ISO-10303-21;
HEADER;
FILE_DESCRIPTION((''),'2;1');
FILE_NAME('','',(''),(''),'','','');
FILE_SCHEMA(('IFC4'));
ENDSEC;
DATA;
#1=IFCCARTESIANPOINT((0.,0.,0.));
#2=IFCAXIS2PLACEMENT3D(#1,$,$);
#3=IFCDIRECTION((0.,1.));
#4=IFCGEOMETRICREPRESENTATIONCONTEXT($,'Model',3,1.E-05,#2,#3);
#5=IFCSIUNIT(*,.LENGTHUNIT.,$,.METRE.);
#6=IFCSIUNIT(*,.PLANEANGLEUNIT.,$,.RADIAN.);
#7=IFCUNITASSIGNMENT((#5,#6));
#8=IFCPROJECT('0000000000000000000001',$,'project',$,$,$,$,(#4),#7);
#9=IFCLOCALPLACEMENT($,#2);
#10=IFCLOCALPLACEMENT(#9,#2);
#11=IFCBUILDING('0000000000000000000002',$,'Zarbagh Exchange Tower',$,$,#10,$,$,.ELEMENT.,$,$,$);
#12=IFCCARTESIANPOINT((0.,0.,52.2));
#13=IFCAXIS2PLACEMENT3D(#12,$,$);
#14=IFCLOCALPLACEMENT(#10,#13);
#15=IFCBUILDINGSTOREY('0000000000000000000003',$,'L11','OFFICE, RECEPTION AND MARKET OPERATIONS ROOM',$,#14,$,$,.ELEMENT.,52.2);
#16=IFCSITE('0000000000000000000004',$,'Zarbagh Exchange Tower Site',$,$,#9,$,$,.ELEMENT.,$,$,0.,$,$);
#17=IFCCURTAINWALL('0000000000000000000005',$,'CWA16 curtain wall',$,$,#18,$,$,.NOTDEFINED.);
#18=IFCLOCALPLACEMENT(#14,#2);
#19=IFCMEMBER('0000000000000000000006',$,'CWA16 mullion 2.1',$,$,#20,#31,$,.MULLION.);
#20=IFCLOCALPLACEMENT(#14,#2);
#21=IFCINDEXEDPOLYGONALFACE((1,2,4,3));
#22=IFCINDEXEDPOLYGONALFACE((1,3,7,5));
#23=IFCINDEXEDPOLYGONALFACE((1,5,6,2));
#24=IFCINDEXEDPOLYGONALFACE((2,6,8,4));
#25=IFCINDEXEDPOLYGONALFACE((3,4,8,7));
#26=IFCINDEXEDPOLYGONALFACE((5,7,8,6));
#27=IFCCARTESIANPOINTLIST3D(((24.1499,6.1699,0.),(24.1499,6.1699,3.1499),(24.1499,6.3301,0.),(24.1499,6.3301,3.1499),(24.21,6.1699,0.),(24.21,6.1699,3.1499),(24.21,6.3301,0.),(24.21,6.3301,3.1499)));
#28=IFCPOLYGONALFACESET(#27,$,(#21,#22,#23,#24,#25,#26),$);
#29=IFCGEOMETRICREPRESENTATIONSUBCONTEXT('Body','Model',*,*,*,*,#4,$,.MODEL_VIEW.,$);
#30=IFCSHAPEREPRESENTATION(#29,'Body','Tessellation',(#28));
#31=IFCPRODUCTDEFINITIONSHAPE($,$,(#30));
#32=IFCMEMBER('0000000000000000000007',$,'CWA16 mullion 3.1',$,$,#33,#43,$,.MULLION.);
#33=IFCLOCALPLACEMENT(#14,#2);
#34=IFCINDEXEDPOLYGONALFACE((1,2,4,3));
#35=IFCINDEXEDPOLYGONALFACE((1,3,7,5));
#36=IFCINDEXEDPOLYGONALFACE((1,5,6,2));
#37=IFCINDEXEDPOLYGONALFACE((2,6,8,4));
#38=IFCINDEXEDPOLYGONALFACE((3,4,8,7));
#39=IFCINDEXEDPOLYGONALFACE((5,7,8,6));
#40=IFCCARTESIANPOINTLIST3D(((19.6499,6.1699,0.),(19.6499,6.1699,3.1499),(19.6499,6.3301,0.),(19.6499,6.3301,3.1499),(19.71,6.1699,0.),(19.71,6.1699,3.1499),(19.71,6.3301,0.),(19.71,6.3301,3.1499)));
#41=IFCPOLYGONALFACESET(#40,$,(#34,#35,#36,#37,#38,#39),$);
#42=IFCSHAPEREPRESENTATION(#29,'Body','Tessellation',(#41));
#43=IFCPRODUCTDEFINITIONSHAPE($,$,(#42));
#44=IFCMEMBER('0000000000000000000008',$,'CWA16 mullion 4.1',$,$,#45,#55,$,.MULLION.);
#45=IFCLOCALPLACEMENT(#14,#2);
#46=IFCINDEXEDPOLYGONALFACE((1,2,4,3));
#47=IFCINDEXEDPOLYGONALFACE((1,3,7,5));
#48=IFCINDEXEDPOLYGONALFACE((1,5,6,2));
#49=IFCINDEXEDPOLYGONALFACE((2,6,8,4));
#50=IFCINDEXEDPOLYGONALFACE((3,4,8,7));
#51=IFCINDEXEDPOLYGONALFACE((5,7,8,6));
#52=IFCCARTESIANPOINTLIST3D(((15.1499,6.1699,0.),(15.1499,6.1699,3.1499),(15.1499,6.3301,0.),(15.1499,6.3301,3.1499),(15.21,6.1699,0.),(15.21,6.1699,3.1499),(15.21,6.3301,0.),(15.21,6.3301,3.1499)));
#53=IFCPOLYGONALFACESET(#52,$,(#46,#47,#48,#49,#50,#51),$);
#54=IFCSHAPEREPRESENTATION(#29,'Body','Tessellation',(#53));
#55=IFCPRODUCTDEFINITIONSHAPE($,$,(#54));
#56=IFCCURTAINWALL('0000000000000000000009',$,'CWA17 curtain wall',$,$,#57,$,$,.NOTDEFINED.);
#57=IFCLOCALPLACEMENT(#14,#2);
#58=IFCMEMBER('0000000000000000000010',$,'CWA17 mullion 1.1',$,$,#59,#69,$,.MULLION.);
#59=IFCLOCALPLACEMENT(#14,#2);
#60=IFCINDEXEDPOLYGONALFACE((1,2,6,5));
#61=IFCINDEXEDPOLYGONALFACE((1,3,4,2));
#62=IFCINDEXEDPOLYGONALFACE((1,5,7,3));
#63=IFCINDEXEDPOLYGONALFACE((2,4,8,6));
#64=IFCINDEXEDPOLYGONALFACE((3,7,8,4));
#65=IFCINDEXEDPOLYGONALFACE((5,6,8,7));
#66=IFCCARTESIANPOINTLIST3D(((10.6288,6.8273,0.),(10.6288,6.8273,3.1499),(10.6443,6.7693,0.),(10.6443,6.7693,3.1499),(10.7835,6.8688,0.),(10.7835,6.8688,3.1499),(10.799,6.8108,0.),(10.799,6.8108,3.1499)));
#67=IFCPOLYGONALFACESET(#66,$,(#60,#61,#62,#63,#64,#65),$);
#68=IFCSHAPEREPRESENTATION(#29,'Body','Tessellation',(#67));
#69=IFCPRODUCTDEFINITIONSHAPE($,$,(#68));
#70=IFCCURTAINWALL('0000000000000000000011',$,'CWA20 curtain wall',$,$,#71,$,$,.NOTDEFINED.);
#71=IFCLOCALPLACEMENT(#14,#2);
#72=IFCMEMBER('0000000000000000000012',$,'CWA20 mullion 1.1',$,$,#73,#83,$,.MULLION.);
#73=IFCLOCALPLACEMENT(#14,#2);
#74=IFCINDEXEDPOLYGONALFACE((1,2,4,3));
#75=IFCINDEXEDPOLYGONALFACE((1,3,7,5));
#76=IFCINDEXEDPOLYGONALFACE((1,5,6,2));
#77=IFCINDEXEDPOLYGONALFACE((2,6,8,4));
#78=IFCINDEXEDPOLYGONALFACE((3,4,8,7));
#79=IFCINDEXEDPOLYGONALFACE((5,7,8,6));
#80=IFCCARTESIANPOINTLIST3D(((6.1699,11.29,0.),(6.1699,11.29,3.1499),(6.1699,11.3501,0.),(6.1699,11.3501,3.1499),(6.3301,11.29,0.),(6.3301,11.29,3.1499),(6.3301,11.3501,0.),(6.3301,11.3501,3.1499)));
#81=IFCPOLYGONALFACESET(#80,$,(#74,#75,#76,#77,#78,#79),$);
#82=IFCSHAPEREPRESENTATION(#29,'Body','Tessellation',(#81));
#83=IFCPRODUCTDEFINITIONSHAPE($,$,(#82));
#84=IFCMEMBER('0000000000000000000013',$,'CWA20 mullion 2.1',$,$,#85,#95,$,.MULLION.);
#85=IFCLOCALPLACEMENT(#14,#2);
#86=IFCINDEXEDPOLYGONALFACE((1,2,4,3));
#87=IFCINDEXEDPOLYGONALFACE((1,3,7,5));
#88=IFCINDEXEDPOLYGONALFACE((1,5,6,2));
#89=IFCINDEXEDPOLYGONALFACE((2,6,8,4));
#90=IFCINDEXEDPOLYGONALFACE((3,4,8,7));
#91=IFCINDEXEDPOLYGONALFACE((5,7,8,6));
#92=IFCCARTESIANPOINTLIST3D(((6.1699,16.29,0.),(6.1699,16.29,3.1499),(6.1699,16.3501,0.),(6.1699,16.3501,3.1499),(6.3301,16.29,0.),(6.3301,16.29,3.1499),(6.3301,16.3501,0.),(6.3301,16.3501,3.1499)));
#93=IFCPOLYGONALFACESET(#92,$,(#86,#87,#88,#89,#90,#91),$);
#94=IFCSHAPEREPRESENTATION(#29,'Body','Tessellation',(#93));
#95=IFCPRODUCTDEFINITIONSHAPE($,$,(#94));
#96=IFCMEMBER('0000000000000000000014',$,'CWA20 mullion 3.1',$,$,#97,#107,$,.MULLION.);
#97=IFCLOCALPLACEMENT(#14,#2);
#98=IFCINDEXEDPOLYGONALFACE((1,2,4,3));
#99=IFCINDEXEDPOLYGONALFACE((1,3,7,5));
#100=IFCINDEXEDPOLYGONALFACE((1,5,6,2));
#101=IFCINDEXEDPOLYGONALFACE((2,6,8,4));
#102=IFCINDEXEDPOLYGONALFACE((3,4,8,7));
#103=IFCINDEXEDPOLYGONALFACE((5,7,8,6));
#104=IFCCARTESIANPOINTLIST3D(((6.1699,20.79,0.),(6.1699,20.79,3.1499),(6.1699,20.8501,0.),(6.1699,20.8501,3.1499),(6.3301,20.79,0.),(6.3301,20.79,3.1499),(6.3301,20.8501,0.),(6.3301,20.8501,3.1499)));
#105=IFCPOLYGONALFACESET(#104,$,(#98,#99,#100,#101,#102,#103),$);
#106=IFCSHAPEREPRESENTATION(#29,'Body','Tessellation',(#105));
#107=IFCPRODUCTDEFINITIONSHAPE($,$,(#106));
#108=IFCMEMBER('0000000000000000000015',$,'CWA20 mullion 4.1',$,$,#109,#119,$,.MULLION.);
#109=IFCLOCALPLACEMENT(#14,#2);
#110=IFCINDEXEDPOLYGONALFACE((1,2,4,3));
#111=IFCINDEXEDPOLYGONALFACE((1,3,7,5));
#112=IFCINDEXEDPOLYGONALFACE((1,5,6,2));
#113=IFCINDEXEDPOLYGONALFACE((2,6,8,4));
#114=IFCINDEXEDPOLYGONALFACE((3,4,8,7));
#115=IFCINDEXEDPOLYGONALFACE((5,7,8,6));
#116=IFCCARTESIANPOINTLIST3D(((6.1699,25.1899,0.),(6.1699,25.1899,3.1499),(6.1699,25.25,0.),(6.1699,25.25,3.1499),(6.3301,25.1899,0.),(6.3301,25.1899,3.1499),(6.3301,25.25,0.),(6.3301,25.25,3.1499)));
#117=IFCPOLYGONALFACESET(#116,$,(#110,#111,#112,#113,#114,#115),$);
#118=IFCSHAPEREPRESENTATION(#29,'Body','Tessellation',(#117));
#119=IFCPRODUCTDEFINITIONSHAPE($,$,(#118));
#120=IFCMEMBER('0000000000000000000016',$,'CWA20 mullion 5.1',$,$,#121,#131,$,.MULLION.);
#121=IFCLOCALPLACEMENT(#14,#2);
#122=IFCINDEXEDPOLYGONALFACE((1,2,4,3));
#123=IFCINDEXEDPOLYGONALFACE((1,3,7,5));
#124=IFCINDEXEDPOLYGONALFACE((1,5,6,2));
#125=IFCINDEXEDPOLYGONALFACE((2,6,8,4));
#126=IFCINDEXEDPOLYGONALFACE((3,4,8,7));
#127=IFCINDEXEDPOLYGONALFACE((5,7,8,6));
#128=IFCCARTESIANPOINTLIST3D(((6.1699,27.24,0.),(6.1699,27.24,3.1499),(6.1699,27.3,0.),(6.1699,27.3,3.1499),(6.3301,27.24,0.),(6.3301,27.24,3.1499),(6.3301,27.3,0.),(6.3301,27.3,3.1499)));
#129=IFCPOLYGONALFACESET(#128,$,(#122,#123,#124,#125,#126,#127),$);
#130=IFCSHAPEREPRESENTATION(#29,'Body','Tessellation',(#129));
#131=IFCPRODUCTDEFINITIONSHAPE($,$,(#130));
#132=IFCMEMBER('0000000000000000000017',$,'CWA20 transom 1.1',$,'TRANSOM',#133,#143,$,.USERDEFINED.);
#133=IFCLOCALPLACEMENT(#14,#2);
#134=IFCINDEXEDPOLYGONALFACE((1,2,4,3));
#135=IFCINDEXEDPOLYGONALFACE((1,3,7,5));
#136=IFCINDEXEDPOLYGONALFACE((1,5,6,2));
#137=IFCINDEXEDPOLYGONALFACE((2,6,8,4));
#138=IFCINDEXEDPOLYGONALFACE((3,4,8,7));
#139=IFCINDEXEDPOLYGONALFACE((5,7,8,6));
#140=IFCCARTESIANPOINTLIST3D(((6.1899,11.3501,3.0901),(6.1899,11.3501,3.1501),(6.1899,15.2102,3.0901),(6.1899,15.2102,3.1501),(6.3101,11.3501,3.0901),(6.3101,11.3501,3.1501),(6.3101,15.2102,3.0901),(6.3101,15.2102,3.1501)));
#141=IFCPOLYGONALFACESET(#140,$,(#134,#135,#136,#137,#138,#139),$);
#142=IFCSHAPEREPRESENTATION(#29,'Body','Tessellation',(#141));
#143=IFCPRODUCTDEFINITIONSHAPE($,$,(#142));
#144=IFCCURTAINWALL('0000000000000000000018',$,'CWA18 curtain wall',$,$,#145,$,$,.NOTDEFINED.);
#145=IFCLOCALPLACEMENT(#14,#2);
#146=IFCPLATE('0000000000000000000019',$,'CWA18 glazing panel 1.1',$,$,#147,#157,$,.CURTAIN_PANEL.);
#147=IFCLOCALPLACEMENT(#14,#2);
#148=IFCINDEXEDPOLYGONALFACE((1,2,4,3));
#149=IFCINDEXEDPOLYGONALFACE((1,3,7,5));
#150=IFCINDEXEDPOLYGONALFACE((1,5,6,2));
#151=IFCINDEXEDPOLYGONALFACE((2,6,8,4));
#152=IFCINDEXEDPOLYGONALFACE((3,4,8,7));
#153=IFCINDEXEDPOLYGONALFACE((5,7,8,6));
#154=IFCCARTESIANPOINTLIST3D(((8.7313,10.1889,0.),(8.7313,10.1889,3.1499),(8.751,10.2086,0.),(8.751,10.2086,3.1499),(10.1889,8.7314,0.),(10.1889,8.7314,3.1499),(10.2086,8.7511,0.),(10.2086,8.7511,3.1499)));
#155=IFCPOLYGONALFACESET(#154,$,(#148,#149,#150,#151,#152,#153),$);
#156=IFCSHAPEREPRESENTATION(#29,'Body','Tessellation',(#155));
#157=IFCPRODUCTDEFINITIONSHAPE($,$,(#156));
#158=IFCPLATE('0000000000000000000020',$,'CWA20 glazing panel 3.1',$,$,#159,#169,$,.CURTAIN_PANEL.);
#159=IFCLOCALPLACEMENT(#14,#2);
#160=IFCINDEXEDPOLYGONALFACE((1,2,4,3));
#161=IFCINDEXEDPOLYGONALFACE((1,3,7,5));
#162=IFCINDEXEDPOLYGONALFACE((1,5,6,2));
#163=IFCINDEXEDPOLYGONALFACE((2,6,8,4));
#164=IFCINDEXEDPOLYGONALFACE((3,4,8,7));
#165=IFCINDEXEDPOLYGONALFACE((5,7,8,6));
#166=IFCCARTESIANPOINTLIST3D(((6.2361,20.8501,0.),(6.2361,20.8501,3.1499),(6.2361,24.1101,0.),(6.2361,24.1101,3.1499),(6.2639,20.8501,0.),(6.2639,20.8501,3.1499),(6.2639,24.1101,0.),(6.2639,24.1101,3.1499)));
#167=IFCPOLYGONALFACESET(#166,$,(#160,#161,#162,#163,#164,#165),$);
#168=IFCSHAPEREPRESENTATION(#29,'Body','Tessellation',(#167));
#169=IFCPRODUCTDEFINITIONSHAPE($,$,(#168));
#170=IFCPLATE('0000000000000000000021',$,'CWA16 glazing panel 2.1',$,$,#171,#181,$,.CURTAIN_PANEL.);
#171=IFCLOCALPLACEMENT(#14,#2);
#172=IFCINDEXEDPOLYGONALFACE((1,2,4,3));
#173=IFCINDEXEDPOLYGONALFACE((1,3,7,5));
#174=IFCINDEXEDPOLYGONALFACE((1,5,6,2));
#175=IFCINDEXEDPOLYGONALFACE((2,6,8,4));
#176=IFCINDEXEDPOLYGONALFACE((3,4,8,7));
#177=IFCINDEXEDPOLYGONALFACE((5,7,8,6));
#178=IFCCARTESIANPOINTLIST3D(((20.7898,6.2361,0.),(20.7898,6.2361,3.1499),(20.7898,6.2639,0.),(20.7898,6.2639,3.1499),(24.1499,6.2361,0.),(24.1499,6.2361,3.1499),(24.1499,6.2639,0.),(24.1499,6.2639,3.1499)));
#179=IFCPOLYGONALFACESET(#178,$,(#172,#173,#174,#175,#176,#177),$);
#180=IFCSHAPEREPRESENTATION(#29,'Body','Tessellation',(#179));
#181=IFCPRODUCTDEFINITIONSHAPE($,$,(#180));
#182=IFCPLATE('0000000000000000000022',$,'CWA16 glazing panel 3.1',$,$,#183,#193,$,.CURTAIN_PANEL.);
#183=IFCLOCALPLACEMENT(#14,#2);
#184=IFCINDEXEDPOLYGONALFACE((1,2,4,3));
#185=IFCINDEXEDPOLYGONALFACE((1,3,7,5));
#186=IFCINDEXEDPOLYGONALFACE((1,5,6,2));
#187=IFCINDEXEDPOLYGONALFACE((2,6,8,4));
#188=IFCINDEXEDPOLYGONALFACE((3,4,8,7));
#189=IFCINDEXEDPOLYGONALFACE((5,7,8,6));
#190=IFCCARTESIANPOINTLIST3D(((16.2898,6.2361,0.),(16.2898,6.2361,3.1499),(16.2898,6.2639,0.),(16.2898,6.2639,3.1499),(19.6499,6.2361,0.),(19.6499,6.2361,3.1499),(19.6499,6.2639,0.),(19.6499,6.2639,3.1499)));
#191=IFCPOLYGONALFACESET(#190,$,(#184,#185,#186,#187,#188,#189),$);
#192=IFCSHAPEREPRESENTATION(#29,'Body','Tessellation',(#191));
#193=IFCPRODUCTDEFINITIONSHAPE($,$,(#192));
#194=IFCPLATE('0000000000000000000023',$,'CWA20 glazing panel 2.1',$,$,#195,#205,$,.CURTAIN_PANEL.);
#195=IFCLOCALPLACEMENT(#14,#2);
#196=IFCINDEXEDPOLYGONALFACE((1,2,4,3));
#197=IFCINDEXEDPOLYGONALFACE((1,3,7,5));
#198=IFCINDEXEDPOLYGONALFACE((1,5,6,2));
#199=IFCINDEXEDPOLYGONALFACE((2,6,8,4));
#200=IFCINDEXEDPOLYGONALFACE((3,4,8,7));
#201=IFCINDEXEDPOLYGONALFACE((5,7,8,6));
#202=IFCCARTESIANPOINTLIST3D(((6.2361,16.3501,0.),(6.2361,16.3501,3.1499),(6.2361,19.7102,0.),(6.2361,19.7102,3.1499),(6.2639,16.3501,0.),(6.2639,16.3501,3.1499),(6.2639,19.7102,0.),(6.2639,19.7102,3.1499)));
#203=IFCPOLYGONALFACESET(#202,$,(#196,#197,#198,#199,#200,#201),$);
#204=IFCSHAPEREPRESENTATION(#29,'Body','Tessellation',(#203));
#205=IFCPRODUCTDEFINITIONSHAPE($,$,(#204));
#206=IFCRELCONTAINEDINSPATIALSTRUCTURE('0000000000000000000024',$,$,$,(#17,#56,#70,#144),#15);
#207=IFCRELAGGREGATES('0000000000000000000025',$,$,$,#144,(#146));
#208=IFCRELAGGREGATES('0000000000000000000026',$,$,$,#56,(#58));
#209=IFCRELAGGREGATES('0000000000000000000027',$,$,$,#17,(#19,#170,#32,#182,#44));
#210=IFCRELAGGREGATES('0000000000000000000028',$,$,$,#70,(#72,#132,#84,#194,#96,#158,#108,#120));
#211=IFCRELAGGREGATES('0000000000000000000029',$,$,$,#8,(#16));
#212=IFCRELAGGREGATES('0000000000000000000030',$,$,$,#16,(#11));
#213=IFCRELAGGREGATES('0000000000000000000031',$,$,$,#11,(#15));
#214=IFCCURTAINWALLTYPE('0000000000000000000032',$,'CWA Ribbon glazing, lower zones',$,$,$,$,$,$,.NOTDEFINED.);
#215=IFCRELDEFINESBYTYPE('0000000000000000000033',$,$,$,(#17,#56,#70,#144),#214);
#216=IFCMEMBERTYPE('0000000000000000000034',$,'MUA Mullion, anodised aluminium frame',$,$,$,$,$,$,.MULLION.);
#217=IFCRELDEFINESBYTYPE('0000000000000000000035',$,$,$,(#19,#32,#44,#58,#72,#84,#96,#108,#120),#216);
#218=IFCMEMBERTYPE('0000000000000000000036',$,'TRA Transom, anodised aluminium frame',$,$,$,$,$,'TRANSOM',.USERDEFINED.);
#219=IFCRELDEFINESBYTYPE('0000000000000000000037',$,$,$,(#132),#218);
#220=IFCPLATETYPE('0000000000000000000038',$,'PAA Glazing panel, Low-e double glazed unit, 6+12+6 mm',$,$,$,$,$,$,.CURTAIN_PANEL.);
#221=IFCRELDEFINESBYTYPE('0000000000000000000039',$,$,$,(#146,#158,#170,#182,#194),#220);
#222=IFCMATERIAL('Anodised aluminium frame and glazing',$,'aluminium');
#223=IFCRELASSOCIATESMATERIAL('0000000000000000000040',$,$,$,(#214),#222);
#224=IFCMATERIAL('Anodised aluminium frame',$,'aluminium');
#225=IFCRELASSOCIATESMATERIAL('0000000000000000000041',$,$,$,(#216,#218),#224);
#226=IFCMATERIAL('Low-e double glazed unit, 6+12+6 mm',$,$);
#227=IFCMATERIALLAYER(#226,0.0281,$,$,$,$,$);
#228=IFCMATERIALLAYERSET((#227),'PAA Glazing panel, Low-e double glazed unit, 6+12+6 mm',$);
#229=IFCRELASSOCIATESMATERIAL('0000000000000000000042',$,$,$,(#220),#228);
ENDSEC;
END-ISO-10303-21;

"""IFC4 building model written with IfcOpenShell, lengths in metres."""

from ifc_helpers import new_model, si_unit, direction, frame, origin, place, context, subcontext, project, spatial, polyline, outline, extrude, source, transform, mapped, material, layer, layer_set, type_object, element, aggregate, save


model = new_model("IFC4")

# Units and contexts
model_context = context("Model", 3, precision=1e-05, world=origin(), true_north=direction((0.0, 1.0)))
body_context = subcontext(model_context, "Body", "Model", "MODEL_VIEW")
ifc_project = project(units=[si_unit("LENGTHUNIT", "METRE"), si_unit("PLANEANGLEUNIT", "RADIAN")], contexts=[model_context])

# Site, building, storey
site_placement = place(None, origin())
site = spatial("IfcSite", under=ifc_project, at=site_placement, Name="Zarbagh Exchange Tower Site", CompositionType="ELEMENT", RefElevation=0.0)
building_placement = place(site_placement, origin())
building = spatial("IfcBuilding", under=site, at=building_placement, Name="Zarbagh Exchange Tower", CompositionType="ELEMENT")
storey_placement = place(building_placement, frame((0.0, 0.0, 52.2)))
storey = spatial("IfcBuildingStorey", under=building, at=storey_placement, Name="L11", Description="OFFICE, RECEPTION AND MARKET OPERATIONS ROOM", CompositionType="ELEMENT", Elevation=52.2)

# Curtain wall, members
ifc_material_1 = material(Name="Anodised aluminium frame and glazing", Category="aluminium")
curtain_wall_type = type_object("IfcCurtainWallType", Name="CWA Ribbon glazing, lower zones", PredefinedType="NOTDEFINED", material=ifc_material_1)
curtain_wall_1_placement = place(storey_placement, origin())
curtain_wall_1 = element("IfcCurtainWall", 1, at=curtain_wall_1_placement, inside=storey, type_object=curtain_wall_type, Name="CWA16 curtain wall", PredefinedType="NOTDEFINED")
ifc_material_2 = material(Name="Anodised aluminium frame", Category="aluminium")
member_type_1 = type_object("IfcMemberType", Name="MUA Mullion, anodised aluminium frame", PredefinedType="MULLION", material=ifc_material_2)
shared_shape_1 = source(origin(), body_context, "Body", "SweptSolid", [
    extrude(outline(polyline([(0.0, -0.0801), (0.0601, -0.0801), (0.0601, 0.0801), (0.0, 0.0801), (0.0, -0.0801)])), origin(), (0.0, 0.0, 1.0), 3.1499),
])
placement = place(storey_placement, origin())
member_1 = element("IfcMember", 2, at=placement, type_object=member_type_1, Name="CWA16 mullion 2.1", PredefinedType="MULLION", context=body_context, shape_type="MappedRepresentation", body=[
    mapped(shared_shape_1, transform((24.21, 6.25, 0.0), x_axis=(-1.0, 0.0, 0.0), y_axis=(0.0, -1.0, 0.0), z_axis=(0.0, 0.0, 1.0))),
])
member_2 = element("IfcMember", 3, at=placement, type_object=member_type_1, Name="CWA16 mullion 3.1", PredefinedType="MULLION", context=body_context, shape_type="MappedRepresentation", body=[
    mapped(shared_shape_1, transform((19.71, 6.25, 0.0), x_axis=(-1.0, 0.0, 0.0), y_axis=(0.0, -1.0, 0.0), z_axis=(0.0, 0.0, 1.0))),
])
member_3 = element("IfcMember", 4, at=placement, type_object=member_type_1, Name="CWA16 mullion 4.1", PredefinedType="MULLION", context=body_context, shape_type="MappedRepresentation", body=[
    mapped(shared_shape_1, transform((15.21, 6.25, 0.0), x_axis=(-1.0, 0.0, 0.0), y_axis=(0.0, -1.0, 0.0), z_axis=(0.0, 0.0, 1.0))),
])

# Curtain wall, member
curtain_wall_2_placement = place(storey_placement, origin())
curtain_wall_2 = element("IfcCurtainWall", 5, at=curtain_wall_2_placement, inside=storey, type_object=curtain_wall_type, Name="CWA17 curtain wall", PredefinedType="NOTDEFINED")
member_4 = element("IfcMember", 6, at=placement, type_object=member_type_1, Name="CWA17 mullion 1.1", PredefinedType="MULLION", context=body_context, shape_type="MappedRepresentation", body=[
    mapped(shared_shape_1, transform((10.7217, 6.79, 0.0), x_axis=(-0.258825, 0.965924, 0.0), y_axis=(-0.965924, -0.258825, 0.0), z_axis=(0.0, 0.0, 1.0))),
])

# Curtain wall, members
curtain_wall_3_placement = place(storey_placement, origin())
curtain_wall_3 = element("IfcCurtainWall", 7, at=curtain_wall_3_placement, inside=storey, type_object=curtain_wall_type, Name="CWA20 curtain wall", PredefinedType="NOTDEFINED")
member_5 = element("IfcMember", 8, at=placement, type_object=member_type_1, Name="CWA20 mullion 1.1", PredefinedType="MULLION", context=body_context, shape_type="MappedRepresentation", body=[
    mapped(shared_shape_1, transform((6.25, 11.29, 0.0), x_axis=(0.0, 1.0, 0.0), y_axis=(-1.0, 0.0, 0.0), z_axis=(0.0, 0.0, 1.0))),
])
member_6 = element("IfcMember", 9, at=placement, type_object=member_type_1, Name="CWA20 mullion 2.1", PredefinedType="MULLION", context=body_context, shape_type="MappedRepresentation", body=[
    mapped(shared_shape_1, transform((6.25, 16.29, 0.0), x_axis=(0.0, 1.0, 0.0), y_axis=(-1.0, 0.0, 0.0), z_axis=(0.0, 0.0, 1.0))),
])
member_7 = element("IfcMember", 10, at=placement, type_object=member_type_1, Name="CWA20 mullion 3.1", PredefinedType="MULLION", context=body_context, shape_type="MappedRepresentation", body=[
    mapped(shared_shape_1, transform((6.25, 20.79, 0.0), x_axis=(0.0, 1.0, 0.0), y_axis=(-1.0, 0.0, 0.0), z_axis=(0.0, 0.0, 1.0))),
])
member_8 = element("IfcMember", 11, at=placement, type_object=member_type_1, Name="CWA20 mullion 4.1", PredefinedType="MULLION", context=body_context, shape_type="MappedRepresentation", body=[
    mapped(shared_shape_1, transform((6.25, 25.1899, 0.0), x_axis=(0.0, 1.0, 0.0), y_axis=(-1.0, 0.0, 0.0), z_axis=(0.0, 0.0, 1.0))),
])
member_9 = element("IfcMember", 12, at=placement, type_object=member_type_1, Name="CWA20 mullion 5.1", PredefinedType="MULLION", context=body_context, shape_type="MappedRepresentation", body=[
    mapped(shared_shape_1, transform((6.25, 27.24, 0.0), x_axis=(0.0, 1.0, 0.0), y_axis=(-1.0, 0.0, 0.0), z_axis=(0.0, 0.0, 1.0))),
])
member_type_2 = type_object("IfcMemberType", Name="TRA Transom, anodised aluminium frame", ElementType="TRANSOM", PredefinedType="USERDEFINED", material=ifc_material_2)
shared_shape_2 = source(origin(), body_context, "Body", "SweptSolid", [
    extrude(outline(polyline([(-0.0601, -0.0601), (0.0, -0.0601), (0.0, 0.0601), (-0.0601, 0.0601), (-0.0601, -0.0601)])), origin(), (0.0, 0.0, 1.0), 3.8601),
])
member_10 = element("IfcMember", 13, at=placement, type_object=member_type_2, Name="CWA20 transom 1.1", ObjectType="TRANSOM", PredefinedType="USERDEFINED", context=body_context, shape_type="MappedRepresentation", body=[
    mapped(shared_shape_2, transform((6.25, 11.3501, 3.1501), x_axis=(0.0, 0.0, 1.0), y_axis=(1.0, 0.0, 0.0), z_axis=(0.0, 1.0, 0.0))),
])

# Curtain wall, plate
curtain_wall_4_placement = place(storey_placement, origin())
curtain_wall_4 = element("IfcCurtainWall", 14, at=curtain_wall_4_placement, inside=storey, type_object=curtain_wall_type, Name="CWA18 curtain wall", PredefinedType="NOTDEFINED")
ifc_material_3 = material(Name="Low-e double glazed unit, 6+12+6 mm")
ifc_layer_1 = layer(ifc_material_3, 0.0281)
ifc_layer_set_1 = layer_set([ifc_layer_1], Name="PAA Glazing panel, Low-e double glazed unit, 6+12+6 mm")
plate_type = type_object("IfcPlateType", Name="PAA Glazing panel, Low-e double glazed unit, 6+12+6 mm", PredefinedType="CURTAIN_PANEL", material=ifc_layer_set_1)
shared_shape_3 = source(origin(), body_context, "Body", "SweptSolid", [
    extrude(outline(polyline([(0.0, -0.0139), (2.0613, -0.0139), (2.0613, 0.0139), (0.0, 0.0139), (0.0, -0.0139)])), origin(), (0.0, 0.0, 1.0), 3.1499),
])
plate_1 = element("IfcPlate", 15, at=placement, type_object=plate_type, Name="CWA18 glazing panel 1.1", PredefinedType="CURTAIN_PANEL", context=body_context, shape_type="MappedRepresentation", body=[
    mapped(shared_shape_3, transform((10.1987, 8.7412, 0.0), x_axis=(-0.707107, 0.707107, 0.0), y_axis=(-0.707107, -0.707107, 0.0), z_axis=(0.0, 0.0, 1.0))),
])
aggregate(curtain_wall_4, [plate_1])

# Plates
shared_shape_4 = source(origin(), body_context, "Body", "SweptSolid", [
    extrude(outline(polyline([(0.0, -0.0139), (3.26, -0.0139), (3.26, 0.0139), (0.0, 0.0139), (0.0, -0.0139)])), origin(), (0.0, 0.0, 1.0), 3.1499),
])
plate_2 = element("IfcPlate", 16, at=placement, type_object=plate_type, Name="CWA20 glazing panel 3.1", PredefinedType="CURTAIN_PANEL", context=body_context, shape_type="MappedRepresentation", body=[
    mapped(shared_shape_4, transform((6.25, 20.8501, 0.0), x_axis=(0.0, 1.0, 0.0), y_axis=(-1.0, 0.0, 0.0), z_axis=(0.0, 0.0, 1.0))),
])
shared_shape_5 = source(origin(), body_context, "Body", "SweptSolid", [
    extrude(outline(polyline([(0.0, -0.0139), (3.3601, -0.0139), (3.3601, 0.0139), (0.0, 0.0139), (0.0, -0.0139)])), origin(), (0.0, 0.0, 1.0), 3.1499),
])
plate_3 = element("IfcPlate", 17, at=placement, type_object=plate_type, Name="CWA16 glazing panel 2.1", PredefinedType="CURTAIN_PANEL", context=body_context, shape_type="MappedRepresentation", body=[
    mapped(shared_shape_5, transform((24.1499, 6.25, 0.0), x_axis=(-1.0, 0.0, 0.0), y_axis=(0.0, -1.0, 0.0), z_axis=(0.0, 0.0, 1.0))),
])
plate_4 = element("IfcPlate", 18, at=placement, type_object=plate_type, Name="CWA16 glazing panel 3.1", PredefinedType="CURTAIN_PANEL", context=body_context, shape_type="MappedRepresentation", body=[
    mapped(shared_shape_5, transform((19.6499, 6.25, 0.0), x_axis=(-1.0, 0.0, 0.0), y_axis=(0.0, -1.0, 0.0), z_axis=(0.0, 0.0, 1.0))),
])
plate_5 = element("IfcPlate", 19, at=placement, type_object=plate_type, Name="CWA20 glazing panel 2.1", PredefinedType="CURTAIN_PANEL", context=body_context, shape_type="MappedRepresentation", body=[
    mapped(shared_shape_5, transform((6.25, 16.3501, 0.0), x_axis=(0.0, 1.0, 0.0), y_axis=(-1.0, 0.0, 0.0), z_axis=(0.0, 0.0, 1.0))),
])
aggregate(curtain_wall_2, [member_4])

aggregate(curtain_wall_1, [member_1, plate_3, member_2, plate_4, member_3])
aggregate(curtain_wall_3, [member_5, member_10, member_6, plate_5, member_7, plate_2, member_8, member_9])

save(model, "model.ifc")
